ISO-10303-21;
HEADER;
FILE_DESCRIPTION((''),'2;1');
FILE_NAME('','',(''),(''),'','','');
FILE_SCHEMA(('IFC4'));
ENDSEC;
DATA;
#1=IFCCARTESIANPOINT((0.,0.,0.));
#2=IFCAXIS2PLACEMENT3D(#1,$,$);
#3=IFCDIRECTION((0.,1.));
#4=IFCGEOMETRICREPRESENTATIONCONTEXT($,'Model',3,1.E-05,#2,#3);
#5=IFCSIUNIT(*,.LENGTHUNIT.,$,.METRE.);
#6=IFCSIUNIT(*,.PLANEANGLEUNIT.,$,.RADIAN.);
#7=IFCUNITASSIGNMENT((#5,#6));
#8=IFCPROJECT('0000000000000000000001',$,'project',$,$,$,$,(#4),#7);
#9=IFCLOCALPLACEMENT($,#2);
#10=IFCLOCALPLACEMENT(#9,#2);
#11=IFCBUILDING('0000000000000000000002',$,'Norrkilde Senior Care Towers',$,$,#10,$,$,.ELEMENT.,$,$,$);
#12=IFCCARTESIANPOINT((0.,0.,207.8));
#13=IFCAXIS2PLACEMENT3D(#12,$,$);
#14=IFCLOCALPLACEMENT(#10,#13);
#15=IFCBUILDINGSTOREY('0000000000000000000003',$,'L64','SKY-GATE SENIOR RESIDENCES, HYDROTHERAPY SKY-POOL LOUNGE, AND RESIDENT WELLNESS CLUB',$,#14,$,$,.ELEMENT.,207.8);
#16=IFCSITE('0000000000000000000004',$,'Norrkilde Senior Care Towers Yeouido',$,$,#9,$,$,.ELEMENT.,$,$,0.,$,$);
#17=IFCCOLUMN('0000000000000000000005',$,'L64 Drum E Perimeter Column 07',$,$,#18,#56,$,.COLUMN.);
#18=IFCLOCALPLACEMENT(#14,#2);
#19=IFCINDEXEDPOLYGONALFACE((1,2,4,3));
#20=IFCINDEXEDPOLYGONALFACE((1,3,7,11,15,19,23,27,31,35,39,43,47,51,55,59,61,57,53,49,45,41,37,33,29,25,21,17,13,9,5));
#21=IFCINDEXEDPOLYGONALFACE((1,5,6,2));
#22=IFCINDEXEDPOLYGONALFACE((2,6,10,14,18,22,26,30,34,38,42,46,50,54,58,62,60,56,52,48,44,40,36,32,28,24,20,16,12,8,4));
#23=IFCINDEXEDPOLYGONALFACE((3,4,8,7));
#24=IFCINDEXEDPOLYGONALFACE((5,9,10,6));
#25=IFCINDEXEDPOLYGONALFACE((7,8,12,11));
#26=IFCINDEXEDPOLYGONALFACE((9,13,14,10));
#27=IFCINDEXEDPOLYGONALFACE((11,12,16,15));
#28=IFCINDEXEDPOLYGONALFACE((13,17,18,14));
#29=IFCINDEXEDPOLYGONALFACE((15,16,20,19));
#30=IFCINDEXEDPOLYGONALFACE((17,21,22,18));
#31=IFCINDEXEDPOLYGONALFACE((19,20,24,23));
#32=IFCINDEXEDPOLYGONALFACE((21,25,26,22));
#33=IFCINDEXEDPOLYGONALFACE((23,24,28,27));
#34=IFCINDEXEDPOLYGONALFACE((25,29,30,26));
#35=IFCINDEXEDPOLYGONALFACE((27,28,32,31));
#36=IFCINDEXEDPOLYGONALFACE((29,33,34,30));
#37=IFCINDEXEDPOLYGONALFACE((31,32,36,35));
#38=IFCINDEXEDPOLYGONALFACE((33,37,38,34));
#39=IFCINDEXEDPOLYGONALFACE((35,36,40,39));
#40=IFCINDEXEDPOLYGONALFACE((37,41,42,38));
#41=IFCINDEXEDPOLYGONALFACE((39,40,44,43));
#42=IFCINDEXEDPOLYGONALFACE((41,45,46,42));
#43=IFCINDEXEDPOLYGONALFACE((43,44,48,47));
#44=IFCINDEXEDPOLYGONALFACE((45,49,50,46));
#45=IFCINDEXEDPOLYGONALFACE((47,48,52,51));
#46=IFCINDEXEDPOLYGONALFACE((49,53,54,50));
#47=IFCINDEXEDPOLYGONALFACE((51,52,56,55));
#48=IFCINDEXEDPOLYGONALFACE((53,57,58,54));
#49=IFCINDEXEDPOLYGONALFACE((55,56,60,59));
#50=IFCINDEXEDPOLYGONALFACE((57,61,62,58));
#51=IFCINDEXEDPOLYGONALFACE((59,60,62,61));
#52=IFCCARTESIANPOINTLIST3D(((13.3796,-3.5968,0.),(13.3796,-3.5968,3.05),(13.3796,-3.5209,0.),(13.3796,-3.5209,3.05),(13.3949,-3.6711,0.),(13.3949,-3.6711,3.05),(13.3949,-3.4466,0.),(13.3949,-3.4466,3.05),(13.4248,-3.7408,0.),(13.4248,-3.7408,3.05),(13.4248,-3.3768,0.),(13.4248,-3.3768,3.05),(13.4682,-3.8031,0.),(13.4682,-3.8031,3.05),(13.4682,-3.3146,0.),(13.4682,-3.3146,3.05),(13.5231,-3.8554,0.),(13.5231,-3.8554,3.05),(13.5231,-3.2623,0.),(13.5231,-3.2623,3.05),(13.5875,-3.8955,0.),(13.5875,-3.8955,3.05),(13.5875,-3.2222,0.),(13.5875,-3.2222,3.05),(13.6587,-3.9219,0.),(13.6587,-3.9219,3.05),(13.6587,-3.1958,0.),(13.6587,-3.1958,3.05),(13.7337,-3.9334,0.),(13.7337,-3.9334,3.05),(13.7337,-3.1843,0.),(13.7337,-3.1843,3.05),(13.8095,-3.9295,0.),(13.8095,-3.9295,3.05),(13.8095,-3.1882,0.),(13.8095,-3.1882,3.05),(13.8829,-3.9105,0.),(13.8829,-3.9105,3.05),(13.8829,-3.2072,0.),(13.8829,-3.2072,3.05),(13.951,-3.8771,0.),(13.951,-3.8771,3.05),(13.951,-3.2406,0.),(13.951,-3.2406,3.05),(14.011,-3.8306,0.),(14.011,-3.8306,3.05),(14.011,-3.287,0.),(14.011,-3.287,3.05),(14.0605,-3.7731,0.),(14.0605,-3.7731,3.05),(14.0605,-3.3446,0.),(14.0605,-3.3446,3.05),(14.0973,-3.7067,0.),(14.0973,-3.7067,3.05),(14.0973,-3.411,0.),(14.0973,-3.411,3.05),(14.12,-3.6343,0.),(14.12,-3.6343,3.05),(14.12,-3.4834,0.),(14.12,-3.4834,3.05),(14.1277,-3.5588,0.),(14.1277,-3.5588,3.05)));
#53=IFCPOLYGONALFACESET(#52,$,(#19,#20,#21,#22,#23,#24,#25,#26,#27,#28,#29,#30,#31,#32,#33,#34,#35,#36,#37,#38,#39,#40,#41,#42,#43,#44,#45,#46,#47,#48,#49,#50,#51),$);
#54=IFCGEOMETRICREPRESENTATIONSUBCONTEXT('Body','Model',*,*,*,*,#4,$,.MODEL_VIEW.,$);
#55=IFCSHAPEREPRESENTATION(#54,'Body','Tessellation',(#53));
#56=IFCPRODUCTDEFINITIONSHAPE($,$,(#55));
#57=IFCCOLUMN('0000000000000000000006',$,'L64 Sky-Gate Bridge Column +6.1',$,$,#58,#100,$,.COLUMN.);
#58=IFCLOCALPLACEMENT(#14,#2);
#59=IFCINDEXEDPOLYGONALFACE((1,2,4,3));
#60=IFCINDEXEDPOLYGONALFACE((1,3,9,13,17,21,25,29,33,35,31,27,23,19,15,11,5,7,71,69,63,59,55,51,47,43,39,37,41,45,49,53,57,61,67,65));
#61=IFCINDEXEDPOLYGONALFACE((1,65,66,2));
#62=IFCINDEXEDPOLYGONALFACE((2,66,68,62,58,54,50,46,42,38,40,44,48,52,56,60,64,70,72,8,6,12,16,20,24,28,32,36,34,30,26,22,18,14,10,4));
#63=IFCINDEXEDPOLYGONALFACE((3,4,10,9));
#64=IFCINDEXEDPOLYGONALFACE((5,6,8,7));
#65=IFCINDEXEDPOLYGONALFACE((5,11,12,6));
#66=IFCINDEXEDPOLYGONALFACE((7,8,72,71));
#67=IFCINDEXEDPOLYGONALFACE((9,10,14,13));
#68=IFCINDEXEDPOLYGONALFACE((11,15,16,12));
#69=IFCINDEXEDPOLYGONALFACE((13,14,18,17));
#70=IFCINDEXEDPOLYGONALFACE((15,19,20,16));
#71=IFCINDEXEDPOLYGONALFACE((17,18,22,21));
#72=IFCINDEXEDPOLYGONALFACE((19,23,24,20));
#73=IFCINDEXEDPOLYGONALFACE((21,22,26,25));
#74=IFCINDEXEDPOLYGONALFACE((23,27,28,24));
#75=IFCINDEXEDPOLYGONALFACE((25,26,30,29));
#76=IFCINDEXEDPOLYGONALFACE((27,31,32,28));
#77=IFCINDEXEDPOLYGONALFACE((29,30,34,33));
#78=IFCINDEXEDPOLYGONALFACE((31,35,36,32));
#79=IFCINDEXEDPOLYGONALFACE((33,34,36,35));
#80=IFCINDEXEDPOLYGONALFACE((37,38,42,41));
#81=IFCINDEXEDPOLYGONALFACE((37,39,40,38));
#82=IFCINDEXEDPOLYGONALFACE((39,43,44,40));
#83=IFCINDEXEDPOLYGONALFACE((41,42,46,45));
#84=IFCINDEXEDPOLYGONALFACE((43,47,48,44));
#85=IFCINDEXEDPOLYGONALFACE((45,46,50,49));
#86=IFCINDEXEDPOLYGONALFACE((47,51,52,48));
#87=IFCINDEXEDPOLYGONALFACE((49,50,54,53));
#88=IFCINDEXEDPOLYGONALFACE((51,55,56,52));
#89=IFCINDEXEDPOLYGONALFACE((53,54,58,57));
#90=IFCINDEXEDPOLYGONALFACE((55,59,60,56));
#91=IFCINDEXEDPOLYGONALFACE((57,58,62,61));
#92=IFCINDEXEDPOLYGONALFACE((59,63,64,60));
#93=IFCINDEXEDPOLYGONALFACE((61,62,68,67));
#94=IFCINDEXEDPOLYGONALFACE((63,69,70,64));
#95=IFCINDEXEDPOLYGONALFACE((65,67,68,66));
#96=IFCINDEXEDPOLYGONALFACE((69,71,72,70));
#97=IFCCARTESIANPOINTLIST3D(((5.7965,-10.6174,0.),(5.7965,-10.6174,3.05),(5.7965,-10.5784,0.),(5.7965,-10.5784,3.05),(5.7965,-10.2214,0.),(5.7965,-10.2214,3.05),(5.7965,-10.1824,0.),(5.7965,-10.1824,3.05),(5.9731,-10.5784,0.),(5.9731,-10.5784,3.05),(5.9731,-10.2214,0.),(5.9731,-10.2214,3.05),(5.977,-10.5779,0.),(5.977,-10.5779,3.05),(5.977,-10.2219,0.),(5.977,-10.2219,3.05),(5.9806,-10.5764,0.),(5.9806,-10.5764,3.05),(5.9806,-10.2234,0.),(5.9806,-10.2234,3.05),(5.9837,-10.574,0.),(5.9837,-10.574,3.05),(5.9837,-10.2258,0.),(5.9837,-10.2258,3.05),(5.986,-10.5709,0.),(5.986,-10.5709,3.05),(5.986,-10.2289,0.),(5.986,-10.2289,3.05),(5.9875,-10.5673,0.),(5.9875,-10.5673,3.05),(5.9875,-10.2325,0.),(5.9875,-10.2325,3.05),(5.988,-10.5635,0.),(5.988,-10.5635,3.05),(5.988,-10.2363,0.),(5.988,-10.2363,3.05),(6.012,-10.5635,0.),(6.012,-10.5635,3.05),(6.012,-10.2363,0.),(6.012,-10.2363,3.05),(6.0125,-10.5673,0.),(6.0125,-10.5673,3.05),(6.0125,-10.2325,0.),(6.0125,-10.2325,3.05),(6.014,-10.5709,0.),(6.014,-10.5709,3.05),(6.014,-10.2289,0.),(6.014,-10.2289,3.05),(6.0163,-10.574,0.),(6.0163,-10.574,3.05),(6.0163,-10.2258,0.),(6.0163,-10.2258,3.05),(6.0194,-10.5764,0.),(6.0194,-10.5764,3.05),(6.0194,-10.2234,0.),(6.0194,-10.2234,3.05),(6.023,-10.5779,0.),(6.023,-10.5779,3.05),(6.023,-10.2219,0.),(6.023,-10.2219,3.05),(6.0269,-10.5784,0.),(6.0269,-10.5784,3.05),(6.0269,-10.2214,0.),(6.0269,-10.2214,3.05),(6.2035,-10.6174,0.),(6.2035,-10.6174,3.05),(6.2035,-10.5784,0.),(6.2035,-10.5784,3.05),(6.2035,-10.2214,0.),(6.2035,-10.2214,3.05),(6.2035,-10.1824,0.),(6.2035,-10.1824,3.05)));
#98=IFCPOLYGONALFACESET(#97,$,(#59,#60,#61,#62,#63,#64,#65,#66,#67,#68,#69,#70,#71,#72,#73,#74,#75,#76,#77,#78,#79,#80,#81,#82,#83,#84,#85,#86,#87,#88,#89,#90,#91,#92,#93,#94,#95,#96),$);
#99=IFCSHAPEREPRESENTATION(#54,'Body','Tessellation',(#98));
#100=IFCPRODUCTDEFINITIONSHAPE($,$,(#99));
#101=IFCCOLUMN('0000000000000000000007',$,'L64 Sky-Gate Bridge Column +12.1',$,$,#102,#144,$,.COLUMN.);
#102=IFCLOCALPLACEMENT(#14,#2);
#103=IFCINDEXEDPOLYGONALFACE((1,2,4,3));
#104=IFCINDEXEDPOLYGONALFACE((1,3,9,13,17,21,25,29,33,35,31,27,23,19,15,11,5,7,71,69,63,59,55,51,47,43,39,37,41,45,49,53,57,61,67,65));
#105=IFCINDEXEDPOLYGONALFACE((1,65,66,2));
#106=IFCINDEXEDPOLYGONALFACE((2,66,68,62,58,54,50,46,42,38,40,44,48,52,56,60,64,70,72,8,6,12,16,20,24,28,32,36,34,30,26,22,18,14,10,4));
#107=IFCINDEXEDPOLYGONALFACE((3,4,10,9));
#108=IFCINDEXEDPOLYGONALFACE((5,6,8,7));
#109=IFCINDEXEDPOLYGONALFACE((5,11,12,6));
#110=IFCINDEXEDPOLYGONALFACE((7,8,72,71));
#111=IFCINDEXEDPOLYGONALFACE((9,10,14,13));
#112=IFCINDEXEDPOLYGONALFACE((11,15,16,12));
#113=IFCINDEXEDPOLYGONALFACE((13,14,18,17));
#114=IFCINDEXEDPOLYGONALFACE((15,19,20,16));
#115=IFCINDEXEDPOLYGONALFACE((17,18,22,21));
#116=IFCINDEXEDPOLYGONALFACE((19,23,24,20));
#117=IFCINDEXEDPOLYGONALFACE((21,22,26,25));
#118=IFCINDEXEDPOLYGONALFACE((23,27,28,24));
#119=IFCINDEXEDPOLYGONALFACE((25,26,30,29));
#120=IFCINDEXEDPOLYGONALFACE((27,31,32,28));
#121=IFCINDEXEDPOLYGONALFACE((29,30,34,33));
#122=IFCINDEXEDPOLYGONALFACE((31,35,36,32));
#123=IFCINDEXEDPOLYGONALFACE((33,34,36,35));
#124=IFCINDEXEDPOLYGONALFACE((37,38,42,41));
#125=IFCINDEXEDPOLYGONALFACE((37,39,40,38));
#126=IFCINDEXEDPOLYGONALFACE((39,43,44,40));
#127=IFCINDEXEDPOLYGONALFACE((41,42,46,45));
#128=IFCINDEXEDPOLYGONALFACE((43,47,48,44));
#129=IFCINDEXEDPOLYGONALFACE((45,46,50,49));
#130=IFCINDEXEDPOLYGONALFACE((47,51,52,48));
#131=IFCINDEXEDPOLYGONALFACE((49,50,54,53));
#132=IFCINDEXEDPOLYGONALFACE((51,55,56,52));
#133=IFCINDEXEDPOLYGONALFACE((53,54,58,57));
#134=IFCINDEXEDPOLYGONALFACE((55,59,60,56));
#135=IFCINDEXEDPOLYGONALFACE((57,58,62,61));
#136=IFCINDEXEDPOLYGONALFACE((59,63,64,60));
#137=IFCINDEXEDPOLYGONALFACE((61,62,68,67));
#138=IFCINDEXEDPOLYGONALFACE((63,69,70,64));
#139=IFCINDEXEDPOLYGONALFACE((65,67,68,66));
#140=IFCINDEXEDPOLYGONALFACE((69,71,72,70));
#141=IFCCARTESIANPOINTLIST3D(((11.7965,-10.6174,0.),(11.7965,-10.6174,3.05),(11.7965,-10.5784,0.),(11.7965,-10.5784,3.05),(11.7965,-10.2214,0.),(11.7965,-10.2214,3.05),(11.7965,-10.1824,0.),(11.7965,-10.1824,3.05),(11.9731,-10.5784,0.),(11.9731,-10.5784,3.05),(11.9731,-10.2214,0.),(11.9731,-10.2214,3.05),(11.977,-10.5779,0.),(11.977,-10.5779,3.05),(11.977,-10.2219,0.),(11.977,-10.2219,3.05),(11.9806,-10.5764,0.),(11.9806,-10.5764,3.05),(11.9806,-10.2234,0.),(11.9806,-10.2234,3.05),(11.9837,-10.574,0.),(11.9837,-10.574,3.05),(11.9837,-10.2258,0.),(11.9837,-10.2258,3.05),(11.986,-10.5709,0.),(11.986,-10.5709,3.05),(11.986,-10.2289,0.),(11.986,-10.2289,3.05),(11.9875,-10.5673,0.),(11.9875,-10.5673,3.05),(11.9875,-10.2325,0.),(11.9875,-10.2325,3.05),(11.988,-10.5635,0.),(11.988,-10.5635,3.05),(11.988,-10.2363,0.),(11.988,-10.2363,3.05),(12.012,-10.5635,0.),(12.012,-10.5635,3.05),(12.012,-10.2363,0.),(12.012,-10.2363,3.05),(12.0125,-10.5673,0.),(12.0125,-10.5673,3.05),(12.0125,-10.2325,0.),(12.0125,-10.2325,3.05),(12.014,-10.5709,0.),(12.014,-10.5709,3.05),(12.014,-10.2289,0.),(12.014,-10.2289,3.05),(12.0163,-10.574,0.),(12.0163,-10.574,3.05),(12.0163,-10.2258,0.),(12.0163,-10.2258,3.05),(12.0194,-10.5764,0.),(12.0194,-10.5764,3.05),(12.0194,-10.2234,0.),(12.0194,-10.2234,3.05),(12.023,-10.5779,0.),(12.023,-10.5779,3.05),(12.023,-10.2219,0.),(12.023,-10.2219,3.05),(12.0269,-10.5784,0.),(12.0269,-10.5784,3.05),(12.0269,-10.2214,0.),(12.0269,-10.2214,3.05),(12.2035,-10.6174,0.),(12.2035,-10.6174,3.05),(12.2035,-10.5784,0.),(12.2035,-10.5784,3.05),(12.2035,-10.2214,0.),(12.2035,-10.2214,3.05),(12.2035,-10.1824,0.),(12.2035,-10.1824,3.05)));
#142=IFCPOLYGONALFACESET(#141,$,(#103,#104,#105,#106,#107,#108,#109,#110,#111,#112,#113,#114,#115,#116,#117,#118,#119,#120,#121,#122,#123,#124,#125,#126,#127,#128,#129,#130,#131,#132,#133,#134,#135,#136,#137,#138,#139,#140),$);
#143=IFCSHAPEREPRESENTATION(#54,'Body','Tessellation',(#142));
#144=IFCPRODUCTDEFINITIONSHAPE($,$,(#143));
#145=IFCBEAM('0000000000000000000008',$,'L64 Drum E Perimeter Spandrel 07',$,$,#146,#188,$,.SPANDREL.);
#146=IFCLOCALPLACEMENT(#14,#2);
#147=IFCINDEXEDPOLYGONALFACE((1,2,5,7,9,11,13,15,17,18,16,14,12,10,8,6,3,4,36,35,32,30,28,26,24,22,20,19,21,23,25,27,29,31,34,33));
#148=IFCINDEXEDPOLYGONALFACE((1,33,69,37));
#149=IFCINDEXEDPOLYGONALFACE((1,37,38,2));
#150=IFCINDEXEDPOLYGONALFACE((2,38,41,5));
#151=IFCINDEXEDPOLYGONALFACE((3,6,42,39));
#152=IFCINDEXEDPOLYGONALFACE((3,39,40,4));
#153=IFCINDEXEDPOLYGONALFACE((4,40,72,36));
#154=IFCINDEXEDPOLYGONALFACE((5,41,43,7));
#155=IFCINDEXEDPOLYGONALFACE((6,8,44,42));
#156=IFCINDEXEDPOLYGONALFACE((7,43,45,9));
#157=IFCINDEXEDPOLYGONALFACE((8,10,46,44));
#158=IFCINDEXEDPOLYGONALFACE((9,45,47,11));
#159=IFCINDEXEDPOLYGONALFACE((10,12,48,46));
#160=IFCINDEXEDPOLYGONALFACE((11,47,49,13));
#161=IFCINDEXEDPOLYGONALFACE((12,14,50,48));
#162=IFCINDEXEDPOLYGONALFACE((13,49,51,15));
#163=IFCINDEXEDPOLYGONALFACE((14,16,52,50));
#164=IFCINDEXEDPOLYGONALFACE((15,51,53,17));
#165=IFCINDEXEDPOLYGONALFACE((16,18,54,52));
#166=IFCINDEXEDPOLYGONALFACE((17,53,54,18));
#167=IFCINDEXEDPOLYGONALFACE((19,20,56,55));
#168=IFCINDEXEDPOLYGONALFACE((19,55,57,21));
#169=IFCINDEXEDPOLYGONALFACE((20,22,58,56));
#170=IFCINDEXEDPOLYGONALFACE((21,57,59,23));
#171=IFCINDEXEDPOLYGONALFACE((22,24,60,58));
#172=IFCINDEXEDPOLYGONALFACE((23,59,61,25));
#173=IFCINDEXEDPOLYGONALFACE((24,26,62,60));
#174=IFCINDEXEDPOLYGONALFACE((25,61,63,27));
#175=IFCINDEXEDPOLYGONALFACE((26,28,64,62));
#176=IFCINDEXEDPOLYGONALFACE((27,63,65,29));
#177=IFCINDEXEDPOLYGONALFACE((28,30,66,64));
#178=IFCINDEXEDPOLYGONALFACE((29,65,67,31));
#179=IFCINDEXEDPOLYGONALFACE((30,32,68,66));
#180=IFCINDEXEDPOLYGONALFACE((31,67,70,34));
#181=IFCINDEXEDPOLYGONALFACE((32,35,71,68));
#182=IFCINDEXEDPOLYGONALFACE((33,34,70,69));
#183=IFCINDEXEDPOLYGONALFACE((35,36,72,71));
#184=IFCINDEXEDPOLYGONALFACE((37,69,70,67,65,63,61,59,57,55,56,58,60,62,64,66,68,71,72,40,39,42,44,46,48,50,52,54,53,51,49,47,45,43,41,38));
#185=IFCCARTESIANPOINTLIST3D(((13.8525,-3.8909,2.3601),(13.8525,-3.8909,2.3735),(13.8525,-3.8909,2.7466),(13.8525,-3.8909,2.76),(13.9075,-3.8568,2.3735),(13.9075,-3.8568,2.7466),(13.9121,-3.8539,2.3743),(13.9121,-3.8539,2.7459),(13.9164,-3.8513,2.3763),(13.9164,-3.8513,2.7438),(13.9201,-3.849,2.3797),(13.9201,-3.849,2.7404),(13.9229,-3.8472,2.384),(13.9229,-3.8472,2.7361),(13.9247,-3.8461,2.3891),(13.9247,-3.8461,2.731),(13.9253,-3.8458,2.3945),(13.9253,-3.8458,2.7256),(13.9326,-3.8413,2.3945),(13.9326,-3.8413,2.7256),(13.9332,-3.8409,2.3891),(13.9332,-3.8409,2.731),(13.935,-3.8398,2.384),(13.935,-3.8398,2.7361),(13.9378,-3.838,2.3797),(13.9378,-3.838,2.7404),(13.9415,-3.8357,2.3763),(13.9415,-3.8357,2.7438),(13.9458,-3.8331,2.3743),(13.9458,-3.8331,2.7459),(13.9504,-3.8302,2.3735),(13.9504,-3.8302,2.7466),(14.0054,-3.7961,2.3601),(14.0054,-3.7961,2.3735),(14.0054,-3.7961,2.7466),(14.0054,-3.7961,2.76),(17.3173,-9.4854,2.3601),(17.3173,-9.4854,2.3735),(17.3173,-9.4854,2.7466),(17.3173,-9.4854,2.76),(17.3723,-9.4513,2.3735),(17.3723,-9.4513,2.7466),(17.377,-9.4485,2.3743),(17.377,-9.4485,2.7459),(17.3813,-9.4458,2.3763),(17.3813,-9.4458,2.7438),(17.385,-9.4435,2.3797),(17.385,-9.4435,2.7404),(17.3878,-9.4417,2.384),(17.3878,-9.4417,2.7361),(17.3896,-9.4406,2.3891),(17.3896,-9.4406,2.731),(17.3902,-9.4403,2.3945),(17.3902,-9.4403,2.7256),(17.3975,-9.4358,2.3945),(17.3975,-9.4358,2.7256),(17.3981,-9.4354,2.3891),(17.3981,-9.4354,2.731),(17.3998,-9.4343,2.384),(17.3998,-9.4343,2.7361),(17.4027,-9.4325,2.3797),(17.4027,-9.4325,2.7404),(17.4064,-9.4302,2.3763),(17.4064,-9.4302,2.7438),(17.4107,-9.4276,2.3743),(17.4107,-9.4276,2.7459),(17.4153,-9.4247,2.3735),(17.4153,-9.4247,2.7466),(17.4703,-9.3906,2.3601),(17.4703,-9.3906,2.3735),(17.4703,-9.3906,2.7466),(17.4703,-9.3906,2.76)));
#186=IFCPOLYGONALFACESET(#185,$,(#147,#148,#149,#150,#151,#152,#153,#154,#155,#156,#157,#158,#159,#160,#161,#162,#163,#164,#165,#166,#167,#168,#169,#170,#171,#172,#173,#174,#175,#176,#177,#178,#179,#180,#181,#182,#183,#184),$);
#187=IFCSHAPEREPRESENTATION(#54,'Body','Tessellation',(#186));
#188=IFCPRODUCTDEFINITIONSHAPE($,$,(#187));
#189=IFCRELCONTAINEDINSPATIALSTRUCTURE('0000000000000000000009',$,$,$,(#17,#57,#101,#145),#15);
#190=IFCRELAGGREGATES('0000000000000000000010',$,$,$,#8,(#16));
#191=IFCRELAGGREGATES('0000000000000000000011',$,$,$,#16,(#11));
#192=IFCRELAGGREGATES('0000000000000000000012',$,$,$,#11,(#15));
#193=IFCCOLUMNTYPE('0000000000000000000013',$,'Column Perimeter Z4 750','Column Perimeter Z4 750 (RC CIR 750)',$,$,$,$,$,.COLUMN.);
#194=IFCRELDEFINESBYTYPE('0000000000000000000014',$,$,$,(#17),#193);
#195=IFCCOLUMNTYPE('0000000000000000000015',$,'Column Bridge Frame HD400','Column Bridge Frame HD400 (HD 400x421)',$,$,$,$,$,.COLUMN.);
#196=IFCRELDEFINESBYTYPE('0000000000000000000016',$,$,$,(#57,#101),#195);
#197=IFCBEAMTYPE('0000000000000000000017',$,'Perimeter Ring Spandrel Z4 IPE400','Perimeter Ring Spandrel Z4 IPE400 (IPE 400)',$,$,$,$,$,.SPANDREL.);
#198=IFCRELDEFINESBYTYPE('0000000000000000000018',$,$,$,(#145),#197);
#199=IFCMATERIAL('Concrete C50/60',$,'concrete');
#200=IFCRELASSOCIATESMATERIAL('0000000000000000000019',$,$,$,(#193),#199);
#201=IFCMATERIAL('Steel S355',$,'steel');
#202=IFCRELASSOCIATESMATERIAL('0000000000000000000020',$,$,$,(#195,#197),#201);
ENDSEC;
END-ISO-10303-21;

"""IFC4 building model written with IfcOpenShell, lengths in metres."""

from ifc_helpers import new_model, si_unit, direction, frame, origin, origin_2d, place, context, subcontext, project, spatial, circle, i_section, extrude, source, transform, mapped, material, material_profile, profile_set, type_object, type_shapes, element, save


model = new_model("IFC4")

# Units and contexts
model_context = context("Model", 3, precision=1e-05, world=origin(), true_north=direction((0.0, 1.0)))
body_context = subcontext(model_context, "Body", "Model", "MODEL_VIEW")
ifc_project = project(units=[si_unit("LENGTHUNIT", "METRE"), si_unit("PLANEANGLEUNIT", "RADIAN")], contexts=[model_context])

# Site, building, storey
site_placement = place(None, origin())
site = spatial("IfcSite", under=ifc_project, at=site_placement, Name="Norrkilde Senior Care Towers Yeouido", CompositionType="ELEMENT", RefElevation=0.0)
building_placement = place(site_placement, origin())
building = spatial("IfcBuilding", under=site, at=building_placement, Name="Norrkilde Senior Care Towers", CompositionType="ELEMENT")
storey_placement = place(building_placement, frame((0.0, 0.0, 207.8)))
storey = spatial("IfcBuildingStorey", under=building, at=storey_placement, Name="L64", Description="SKY-GATE SENIOR RESIDENCES, HYDROTHERAPY SKY-POOL LOUNGE, AND RESIDENT WELLNESS CLUB", CompositionType="ELEMENT", Elevation=207.8)

# Columns
ifc_material_1 = material(Name="Concrete C50/60", Category="concrete")
ifc_material_profile_1 = material_profile(ifc_material_1, circle(Radius=0.375, at=origin_2d()), Name="RC CIR 750")
ifc_profile_set_1 = profile_set([ifc_material_profile_1], Name="Concrete C50/60")
column_type_1 = type_object("IfcColumnType", Name="Column Perimeter Z4 750", Description="Column Perimeter Z4 750 (RC CIR 750)", PredefinedType="COLUMN", material=ifc_profile_set_1)
shared_shape_1 = source(origin(), body_context, "Body", "SweptSolid", [
    extrude(circle(Radius=0.375, at=origin_2d()), origin(), (0.0, 0.0, 1.0), 3.05),
])
type_shapes(column_type_1, [shared_shape_1])
column_placement = place(storey_placement, frame((13.7527, -3.5588, 0.0), z_axis=(0.0, 0.0, 1.0), x_axis=(1.0, 0.0, 0.0)))
element("IfcColumn", 1, at=column_placement, inside=storey, type_object=column_type_1, Name="L64 Drum E Perimeter Column 07", PredefinedType="COLUMN", context=body_context, shape_type="MappedRepresentation", body=[
    mapped(shared_shape_1, transform((0.0, 0.0, 0.0), x_axis=(1.0, 0.0, 0.0), y_axis=(0.0, 1.0, 0.0), z_axis=(0.0, 0.0, 1.0), scale=1.0)),
])
ifc_material_2 = material(Name="Steel S355", Category="steel")
ifc_material_profile_2 = material_profile(ifc_material_2, i_section(OverallWidth=0.407, OverallDepth=0.4351, WebThickness=0.0239, FlangeThickness=0.0391, FilletRadius=0.0149, at=origin_2d()), Name="HD 400x421")
ifc_profile_set_2 = profile_set([ifc_material_profile_2], Name="Steel S355")
column_type_2 = type_object("IfcColumnType", Name="Column Bridge Frame HD400", Description="Column Bridge Frame HD400 (HD 400x421)", PredefinedType="COLUMN", material=ifc_profile_set_2)
shared_shape_2 = source(origin(), body_context, "Body", "SweptSolid", [
    extrude(i_section(OverallWidth=0.407, OverallDepth=0.4351, WebThickness=0.0239, FlangeThickness=0.0391, FilletRadius=0.0149, at=origin_2d()), origin(), (0.0, 0.0, 1.0), 3.05),
])
type_shapes(column_type_2, [shared_shape_2])
for number, where, z_axis, x_axis, name in (
    (2, (6.0, -10.3999, 0.0), (0.0, 0.0, 1.0), (1.0, 0.0, 0.0), "L64 Sky-Gate Bridge Column +6.1"),
    (3, (12.0, -10.3999, 0.0), (0.0, 0.0, 1.0), (1.0, 0.0, 0.0), "L64 Sky-Gate Bridge Column +12.1"),
):
    element("IfcColumn", number, at=place(storey_placement, frame(where, z_axis=z_axis, x_axis=x_axis)), inside=storey, type_object=column_type_2, Name=name, PredefinedType="COLUMN", context=body_context, shape_type="MappedRepresentation", body=[
        mapped(shared_shape_2, transform((0.0, 0.0, 0.0), x_axis=(1.0, 0.0, 0.0), y_axis=(0.0, 1.0, 0.0), z_axis=(0.0, 0.0, 1.0), scale=1.0)),
    ])

# Beam
ifc_material_profile_3 = material_profile(ifc_material_2, i_section(OverallWidth=0.1799, OverallDepth=0.3999, WebThickness=0.0085, FlangeThickness=0.0134, FilletRadius=0.021, at=origin_2d()), Name="IPE 400")
ifc_profile_set_3 = profile_set([ifc_material_profile_3], Name="Steel S355")
beam_type_1 = type_object("IfcBeamType", Name="Perimeter Ring Spandrel Z4 IPE400", Description="Perimeter Ring Spandrel Z4 IPE400 (IPE 400)", PredefinedType="SPANDREL", material=ifc_profile_set_3)
shared_shape_3 = source(origin(), body_context, "Body", "SweptSolid", [
    extrude(i_section(OverallWidth=0.1799, OverallDepth=0.3999, WebThickness=0.0085, FlangeThickness=0.0134, FilletRadius=0.021, at=origin_2d()), origin(), (0.0, 0.0, 1.0), 6.5806),
])
type_shapes(beam_type_1, [shared_shape_3])
beam_1_placement = place(storey_placement, frame((13.929, -3.8435, 2.5601), z_axis=(0.52653, -0.850157, 0.0), x_axis=(0.850157, 0.52653, 0.0)))
element("IfcBeam", 4, at=beam_1_placement, inside=storey, type_object=beam_type_1, Name="L64 Drum E Perimeter Spandrel 07", PredefinedType="SPANDREL", context=body_context, shape_type="MappedRepresentation", body=[
    mapped(shared_shape_3, transform((0.0, 0.0, 0.0), x_axis=(1.0, 0.0, 0.0), y_axis=(0.0, 1.0, 0.0), z_axis=(0.0, 0.0, 1.0), scale=1.0)),
])

save(model, "model.ifc")
